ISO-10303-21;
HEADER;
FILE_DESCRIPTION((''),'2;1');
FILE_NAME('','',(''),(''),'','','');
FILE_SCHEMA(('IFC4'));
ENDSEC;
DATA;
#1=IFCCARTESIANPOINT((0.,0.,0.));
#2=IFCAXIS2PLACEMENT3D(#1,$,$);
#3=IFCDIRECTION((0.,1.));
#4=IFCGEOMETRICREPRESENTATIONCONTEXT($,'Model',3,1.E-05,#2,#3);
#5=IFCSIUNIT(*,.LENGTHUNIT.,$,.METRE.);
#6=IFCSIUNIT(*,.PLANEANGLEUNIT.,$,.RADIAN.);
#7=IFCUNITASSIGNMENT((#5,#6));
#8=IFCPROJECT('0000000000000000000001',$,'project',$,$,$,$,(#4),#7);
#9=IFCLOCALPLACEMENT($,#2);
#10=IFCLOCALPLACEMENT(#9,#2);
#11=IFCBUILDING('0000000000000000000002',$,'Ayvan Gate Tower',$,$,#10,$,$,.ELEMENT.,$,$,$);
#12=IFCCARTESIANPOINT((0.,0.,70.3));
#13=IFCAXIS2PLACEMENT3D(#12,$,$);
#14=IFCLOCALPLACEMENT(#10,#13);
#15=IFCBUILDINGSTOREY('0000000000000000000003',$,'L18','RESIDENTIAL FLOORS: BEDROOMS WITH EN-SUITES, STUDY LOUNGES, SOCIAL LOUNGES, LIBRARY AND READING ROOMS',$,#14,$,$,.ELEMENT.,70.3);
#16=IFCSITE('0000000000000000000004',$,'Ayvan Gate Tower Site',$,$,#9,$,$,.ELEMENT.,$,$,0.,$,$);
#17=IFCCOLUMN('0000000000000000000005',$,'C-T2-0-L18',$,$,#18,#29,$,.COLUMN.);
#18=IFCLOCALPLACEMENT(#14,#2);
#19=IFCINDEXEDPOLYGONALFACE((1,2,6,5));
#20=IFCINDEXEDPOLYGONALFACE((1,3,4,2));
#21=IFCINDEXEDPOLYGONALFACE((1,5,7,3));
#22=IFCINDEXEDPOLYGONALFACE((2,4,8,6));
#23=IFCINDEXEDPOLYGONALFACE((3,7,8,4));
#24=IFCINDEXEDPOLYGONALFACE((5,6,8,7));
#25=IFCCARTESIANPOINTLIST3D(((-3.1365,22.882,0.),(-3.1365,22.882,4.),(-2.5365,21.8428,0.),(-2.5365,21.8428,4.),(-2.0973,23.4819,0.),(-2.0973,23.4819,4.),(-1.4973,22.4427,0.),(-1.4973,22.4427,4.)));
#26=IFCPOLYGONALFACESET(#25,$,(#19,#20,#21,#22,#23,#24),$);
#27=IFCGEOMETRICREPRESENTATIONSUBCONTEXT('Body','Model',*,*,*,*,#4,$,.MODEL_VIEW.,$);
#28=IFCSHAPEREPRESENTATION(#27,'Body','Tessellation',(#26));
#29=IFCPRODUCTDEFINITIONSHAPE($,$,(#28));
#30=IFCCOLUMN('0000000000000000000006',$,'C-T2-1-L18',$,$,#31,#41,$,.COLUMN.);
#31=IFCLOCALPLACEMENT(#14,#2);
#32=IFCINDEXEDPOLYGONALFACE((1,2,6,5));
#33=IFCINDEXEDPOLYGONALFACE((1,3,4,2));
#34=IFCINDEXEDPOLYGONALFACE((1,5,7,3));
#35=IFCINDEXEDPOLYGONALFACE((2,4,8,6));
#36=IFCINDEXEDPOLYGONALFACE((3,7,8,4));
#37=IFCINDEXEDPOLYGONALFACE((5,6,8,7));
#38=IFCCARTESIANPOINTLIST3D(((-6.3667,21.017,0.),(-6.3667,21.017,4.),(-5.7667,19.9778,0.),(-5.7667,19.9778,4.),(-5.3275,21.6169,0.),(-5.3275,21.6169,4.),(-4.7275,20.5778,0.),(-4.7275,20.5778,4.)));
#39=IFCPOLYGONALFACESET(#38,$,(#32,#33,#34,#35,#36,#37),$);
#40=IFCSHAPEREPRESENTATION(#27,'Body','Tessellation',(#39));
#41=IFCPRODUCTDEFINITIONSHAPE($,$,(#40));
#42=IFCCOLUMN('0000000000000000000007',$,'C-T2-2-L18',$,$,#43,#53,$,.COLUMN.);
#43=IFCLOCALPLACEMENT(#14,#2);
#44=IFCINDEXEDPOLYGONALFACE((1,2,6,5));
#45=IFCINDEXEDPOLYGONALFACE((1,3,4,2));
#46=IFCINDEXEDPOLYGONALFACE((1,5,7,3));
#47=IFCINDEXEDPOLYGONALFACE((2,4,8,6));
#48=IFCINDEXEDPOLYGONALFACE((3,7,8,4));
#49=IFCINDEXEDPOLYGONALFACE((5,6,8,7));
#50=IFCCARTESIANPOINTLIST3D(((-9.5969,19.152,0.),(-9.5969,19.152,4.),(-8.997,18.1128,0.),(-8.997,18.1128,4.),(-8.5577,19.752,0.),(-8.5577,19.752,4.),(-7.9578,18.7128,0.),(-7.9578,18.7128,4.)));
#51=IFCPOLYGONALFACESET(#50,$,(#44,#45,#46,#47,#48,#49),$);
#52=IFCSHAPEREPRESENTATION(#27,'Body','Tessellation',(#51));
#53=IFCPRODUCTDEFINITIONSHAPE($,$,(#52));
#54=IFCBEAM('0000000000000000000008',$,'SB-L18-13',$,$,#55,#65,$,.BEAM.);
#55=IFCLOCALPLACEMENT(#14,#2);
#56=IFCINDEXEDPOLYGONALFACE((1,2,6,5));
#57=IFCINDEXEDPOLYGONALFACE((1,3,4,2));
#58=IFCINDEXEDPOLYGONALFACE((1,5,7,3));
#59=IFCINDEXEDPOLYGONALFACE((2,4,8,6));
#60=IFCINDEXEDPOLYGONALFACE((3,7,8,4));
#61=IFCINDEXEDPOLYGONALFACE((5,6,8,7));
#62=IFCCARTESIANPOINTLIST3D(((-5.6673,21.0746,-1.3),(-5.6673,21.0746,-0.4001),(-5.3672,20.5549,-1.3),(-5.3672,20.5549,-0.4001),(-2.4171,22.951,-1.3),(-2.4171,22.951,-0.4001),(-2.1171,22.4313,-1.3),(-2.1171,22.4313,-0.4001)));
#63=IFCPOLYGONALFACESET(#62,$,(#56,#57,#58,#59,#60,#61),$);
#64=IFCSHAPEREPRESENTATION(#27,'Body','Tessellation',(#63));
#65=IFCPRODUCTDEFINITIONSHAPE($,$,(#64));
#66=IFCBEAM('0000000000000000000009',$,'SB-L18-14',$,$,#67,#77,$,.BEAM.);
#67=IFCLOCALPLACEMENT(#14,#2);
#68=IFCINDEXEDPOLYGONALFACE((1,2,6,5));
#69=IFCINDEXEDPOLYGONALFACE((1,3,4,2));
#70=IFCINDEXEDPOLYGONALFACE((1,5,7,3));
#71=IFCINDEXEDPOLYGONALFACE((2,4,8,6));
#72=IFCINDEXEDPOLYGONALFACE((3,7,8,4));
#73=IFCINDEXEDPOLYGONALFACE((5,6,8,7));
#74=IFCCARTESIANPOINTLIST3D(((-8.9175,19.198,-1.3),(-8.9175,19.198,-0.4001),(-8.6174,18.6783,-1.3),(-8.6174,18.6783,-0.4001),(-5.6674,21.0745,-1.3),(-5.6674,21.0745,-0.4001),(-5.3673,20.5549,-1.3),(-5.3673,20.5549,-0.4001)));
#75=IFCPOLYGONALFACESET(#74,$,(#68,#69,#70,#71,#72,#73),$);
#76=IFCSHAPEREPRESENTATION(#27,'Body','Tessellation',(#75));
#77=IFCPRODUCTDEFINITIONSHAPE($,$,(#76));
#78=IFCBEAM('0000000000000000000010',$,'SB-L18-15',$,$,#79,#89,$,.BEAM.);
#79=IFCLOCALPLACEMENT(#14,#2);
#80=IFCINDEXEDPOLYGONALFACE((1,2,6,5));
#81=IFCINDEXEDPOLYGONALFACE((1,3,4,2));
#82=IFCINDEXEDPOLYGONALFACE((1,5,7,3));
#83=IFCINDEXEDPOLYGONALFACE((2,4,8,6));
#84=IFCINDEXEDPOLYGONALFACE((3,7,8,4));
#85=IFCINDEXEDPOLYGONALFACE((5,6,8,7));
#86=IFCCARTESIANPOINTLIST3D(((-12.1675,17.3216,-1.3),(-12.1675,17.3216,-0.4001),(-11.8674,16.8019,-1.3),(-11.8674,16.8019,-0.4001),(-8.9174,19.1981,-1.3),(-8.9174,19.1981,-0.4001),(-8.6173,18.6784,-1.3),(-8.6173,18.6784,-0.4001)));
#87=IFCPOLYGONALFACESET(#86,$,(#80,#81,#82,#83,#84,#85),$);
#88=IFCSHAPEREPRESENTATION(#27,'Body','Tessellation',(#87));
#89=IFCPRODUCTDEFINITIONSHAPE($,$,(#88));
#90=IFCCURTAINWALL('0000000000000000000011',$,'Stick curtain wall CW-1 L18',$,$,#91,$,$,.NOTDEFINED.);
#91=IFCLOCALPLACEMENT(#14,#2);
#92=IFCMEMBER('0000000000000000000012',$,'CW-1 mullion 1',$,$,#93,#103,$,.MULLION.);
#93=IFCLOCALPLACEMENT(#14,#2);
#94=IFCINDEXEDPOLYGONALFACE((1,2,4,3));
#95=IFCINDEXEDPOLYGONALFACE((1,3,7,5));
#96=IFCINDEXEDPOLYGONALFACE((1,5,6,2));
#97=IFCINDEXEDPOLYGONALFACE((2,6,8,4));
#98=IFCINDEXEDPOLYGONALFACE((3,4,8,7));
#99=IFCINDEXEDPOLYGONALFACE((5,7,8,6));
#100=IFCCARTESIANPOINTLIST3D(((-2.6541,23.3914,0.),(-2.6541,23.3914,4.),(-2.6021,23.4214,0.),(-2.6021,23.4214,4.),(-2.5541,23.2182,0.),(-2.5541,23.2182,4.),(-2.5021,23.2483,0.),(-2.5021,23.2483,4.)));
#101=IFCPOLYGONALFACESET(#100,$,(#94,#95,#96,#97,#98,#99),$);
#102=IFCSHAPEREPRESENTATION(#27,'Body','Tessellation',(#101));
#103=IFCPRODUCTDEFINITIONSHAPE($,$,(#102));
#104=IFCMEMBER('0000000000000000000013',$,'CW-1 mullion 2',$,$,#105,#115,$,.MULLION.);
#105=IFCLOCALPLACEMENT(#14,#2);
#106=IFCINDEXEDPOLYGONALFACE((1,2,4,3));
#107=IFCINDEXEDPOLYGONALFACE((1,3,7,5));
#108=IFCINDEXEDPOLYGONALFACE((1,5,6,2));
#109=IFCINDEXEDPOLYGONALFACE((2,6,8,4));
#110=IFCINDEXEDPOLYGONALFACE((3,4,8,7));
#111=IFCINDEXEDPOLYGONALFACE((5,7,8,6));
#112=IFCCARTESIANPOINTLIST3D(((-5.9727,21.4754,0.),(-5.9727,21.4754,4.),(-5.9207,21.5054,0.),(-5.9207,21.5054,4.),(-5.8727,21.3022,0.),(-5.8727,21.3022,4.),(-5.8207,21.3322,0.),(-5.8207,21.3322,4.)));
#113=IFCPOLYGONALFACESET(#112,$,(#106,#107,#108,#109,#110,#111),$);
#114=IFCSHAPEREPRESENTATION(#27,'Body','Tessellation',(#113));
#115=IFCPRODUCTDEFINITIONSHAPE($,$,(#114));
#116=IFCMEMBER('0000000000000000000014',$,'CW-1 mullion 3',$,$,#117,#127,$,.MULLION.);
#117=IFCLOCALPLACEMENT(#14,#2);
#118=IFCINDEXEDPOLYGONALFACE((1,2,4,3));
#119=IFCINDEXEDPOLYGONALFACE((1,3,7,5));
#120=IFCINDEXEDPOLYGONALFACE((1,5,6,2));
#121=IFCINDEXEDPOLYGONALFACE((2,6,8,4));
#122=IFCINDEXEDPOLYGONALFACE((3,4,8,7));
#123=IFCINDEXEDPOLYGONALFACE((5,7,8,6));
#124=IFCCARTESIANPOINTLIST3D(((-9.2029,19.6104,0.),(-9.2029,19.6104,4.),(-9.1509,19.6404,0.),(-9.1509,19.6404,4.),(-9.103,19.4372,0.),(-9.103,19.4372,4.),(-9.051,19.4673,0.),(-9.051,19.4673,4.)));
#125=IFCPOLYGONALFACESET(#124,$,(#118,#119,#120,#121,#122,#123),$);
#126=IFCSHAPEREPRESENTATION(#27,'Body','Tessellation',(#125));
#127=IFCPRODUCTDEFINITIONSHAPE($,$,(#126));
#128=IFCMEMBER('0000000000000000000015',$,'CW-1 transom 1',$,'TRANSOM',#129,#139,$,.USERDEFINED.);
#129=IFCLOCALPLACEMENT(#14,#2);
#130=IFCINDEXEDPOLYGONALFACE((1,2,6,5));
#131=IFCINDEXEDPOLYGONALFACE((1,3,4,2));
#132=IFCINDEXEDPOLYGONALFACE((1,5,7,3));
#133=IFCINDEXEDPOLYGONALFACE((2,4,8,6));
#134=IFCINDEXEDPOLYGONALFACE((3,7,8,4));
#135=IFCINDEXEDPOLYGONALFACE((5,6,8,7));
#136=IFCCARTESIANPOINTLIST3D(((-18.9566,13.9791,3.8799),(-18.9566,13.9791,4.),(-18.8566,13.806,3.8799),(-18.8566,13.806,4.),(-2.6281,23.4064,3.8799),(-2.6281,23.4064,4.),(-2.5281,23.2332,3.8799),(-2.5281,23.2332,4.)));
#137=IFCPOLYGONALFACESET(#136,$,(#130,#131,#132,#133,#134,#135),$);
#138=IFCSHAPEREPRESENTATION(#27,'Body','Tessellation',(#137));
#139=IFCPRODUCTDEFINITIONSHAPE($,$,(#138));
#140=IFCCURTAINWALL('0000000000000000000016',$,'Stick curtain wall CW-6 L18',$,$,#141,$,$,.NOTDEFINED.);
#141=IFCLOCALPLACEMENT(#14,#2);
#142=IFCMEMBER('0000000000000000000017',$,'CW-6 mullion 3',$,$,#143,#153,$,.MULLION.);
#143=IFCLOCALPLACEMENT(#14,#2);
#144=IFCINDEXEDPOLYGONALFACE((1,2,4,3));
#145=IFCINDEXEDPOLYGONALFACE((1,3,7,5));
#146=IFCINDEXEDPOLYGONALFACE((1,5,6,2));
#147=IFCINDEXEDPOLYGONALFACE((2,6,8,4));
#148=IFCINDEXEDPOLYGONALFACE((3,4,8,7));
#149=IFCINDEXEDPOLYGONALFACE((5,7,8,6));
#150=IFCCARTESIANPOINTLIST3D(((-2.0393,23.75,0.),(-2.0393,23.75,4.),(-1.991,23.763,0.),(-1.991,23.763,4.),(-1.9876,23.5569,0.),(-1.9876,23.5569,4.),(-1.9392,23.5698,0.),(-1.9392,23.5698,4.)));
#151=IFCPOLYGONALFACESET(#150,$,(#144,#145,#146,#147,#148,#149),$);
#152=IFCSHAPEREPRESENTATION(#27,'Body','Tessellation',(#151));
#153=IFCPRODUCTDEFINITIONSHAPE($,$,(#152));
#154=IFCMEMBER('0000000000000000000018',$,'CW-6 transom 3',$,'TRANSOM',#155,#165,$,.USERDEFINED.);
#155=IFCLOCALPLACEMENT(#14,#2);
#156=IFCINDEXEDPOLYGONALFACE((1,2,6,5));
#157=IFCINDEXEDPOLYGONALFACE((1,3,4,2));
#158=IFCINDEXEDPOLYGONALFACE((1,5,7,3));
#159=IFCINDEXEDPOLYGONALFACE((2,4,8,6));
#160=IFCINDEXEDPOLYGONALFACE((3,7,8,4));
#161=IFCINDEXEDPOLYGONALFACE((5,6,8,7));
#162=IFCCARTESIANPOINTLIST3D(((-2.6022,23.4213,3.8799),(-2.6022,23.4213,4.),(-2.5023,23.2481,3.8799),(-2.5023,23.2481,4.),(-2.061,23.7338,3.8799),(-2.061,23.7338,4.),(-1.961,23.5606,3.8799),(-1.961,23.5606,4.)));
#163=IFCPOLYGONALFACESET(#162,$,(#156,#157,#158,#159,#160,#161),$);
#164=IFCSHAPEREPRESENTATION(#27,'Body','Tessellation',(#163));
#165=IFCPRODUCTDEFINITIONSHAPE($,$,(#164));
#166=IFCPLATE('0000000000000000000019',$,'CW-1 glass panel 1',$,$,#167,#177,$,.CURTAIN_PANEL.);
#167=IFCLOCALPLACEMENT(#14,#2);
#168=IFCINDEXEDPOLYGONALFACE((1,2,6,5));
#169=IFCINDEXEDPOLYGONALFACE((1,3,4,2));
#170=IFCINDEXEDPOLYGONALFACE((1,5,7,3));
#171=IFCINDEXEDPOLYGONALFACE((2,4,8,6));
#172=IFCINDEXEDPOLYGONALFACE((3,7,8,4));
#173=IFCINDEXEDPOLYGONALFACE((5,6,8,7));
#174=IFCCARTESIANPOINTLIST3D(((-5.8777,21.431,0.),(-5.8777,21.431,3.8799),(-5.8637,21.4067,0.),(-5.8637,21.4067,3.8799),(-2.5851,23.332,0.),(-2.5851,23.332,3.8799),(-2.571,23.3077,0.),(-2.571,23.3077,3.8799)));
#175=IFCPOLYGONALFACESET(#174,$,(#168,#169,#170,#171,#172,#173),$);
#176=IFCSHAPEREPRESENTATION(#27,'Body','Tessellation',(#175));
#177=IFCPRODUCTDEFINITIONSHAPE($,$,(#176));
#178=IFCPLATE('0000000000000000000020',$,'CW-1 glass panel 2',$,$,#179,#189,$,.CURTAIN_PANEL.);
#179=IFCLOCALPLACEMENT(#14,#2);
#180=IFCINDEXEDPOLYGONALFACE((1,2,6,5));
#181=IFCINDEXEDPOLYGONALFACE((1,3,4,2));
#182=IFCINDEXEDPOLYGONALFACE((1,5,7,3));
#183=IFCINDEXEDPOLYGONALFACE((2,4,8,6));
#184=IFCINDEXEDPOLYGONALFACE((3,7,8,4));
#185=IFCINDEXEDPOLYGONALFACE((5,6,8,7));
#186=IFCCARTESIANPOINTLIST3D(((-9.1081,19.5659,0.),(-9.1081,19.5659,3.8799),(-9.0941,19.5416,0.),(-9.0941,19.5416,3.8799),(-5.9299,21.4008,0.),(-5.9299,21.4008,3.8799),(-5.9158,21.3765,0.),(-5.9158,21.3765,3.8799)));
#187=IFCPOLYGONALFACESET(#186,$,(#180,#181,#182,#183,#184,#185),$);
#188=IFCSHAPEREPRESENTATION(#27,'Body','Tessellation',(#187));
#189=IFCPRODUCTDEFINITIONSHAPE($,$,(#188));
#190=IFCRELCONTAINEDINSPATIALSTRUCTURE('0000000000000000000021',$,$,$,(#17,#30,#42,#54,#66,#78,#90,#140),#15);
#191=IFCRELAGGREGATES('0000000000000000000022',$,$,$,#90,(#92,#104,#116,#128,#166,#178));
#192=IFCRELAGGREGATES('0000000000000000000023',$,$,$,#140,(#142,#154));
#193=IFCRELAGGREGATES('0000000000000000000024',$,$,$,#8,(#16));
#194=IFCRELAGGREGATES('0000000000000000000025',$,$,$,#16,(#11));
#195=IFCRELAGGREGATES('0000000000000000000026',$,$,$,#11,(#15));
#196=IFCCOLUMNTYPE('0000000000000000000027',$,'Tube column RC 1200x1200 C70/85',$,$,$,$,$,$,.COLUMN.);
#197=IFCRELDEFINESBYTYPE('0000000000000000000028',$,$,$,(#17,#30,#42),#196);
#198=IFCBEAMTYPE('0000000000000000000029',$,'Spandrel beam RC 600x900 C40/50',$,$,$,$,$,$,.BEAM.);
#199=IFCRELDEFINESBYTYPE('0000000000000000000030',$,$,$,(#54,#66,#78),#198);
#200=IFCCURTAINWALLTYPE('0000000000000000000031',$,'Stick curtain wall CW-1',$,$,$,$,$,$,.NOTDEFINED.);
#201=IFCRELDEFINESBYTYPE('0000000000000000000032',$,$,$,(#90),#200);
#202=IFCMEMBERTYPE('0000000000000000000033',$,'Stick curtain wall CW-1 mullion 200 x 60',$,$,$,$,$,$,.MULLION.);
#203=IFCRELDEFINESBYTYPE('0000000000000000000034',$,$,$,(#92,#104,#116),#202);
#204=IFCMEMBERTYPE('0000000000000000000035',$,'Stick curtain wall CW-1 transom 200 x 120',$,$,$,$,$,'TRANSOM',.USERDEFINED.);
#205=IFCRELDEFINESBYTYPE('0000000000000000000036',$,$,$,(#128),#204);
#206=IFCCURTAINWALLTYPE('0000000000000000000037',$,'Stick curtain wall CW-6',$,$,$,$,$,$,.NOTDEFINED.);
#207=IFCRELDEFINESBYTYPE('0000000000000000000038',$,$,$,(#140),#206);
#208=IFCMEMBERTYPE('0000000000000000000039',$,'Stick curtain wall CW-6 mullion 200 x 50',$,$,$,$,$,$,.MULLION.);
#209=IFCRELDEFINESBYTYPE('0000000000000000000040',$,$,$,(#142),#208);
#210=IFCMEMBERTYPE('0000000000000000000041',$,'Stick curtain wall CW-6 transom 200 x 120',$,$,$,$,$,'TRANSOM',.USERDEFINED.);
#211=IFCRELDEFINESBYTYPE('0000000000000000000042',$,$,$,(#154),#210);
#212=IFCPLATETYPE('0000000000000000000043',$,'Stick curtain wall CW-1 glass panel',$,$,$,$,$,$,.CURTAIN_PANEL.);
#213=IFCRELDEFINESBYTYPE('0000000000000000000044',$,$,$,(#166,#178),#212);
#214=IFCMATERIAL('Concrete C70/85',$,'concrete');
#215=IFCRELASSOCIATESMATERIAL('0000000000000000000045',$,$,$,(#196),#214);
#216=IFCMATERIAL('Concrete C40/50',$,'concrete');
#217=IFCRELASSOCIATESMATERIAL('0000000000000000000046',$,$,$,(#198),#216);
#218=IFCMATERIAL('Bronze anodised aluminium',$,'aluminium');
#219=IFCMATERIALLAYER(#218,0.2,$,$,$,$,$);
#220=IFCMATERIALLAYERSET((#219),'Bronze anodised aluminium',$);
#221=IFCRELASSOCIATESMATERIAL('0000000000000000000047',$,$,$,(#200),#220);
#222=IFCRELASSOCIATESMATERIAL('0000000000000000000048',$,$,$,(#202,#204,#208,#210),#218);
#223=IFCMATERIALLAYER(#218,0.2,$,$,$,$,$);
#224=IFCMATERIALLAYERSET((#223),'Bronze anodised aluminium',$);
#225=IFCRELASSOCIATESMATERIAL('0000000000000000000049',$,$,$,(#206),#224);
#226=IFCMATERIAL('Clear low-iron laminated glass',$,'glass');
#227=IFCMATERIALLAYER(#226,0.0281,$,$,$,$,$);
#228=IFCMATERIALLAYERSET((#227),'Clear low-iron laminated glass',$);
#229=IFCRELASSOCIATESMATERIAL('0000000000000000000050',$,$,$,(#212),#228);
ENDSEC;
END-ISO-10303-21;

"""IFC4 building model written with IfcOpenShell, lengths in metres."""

from ifc_helpers import new_model, si_unit, direction, frame, origin, origin_2d, place, context, subcontext, project, spatial, rectangle, extrude, material, layer, layer_set, material_profile, profile_set, type_object, element, aggregate, save


model = new_model("IFC4")

# Units and contexts
model_context = context("Model", 3, precision=1e-05, world=origin(), true_north=direction((0.0, 1.0)))
body_context = subcontext(model_context, "Body", "Model", "MODEL_VIEW")
ifc_project = project(units=[si_unit("LENGTHUNIT", "METRE"), si_unit("PLANEANGLEUNIT", "RADIAN")], contexts=[model_context])

# Site, building, storey
site_placement = place(None, origin())
site = spatial("IfcSite", under=ifc_project, at=site_placement, Name="Ayvan Gate Tower Site", CompositionType="ELEMENT", RefElevation=0.0)
building_placement = place(site_placement, origin())
building = spatial("IfcBuilding", under=site, at=building_placement, Name="Ayvan Gate Tower", CompositionType="ELEMENT")
storey_placement = place(building_placement, frame((0.0, 0.0, 70.3)))
storey = spatial("IfcBuildingStorey", under=building, at=storey_placement, Name="L18", Description="RESIDENTIAL FLOORS: BEDROOMS WITH EN-SUITES, STUDY LOUNGES, SOCIAL LOUNGES, LIBRARY AND READING ROOMS", CompositionType="ELEMENT", Elevation=70.3)

# Columns
ifc_material_1 = material(Name="Concrete C70/85", Category="concrete")
ifc_material_profile_1 = material_profile(ifc_material_1, rectangle(XDim=1.2, YDim=1.2, at=origin_2d()), Name="RC 1200x1200")
ifc_profile_set_1 = profile_set([ifc_material_profile_1], Name="Concrete C70/85")
column_type = type_object("IfcColumnType", Name="Tube column RC 1200x1200 C70/85", PredefinedType="COLUMN", material=ifc_profile_set_1)
for number, where, z_axis, x_axis, name in (
    (1, (-2.3169, 22.6624, 0.0), (0.0, 0.0, 1.0), (-0.5, 0.866025, 0.0), "C-T2-0-L18"),
    (2, (-5.5471, 20.7974, 0.0), (0.0, 0.0, 1.0), (-0.5, 0.866025, 0.0), "C-T2-1-L18"),
    (3, (-8.7773, 18.9324, 0.0), (0.0, 0.0, 1.0), (-0.5, 0.866025, 0.0), "C-T2-2-L18"),
):
    element("IfcColumn", number, at=place(storey_placement, frame(where, z_axis=z_axis, x_axis=x_axis)), inside=storey, type_object=column_type, Name=name, PredefinedType="COLUMN", context=body_context, shape_type="SweptSolid", body=[
        extrude(rectangle(XDim=1.2, YDim=1.2, at=origin_2d()), origin(), (0.0, 0.0, 1.0), 4.0),
    ])

# Beams
ifc_material_2 = material(Name="Concrete C40/50", Category="concrete")
ifc_material_profile_2 = material_profile(ifc_material_2, rectangle(XDim=0.6001, YDim=0.8999, at=origin_2d()), Name="RC 600x900")
ifc_profile_set_2 = profile_set([ifc_material_profile_2], Name="Concrete C40/50")
beam_type = type_object("IfcBeamType", Name="Spandrel beam RC 600x900 C40/50", PredefinedType="BEAM", material=ifc_profile_set_2)
for number, where, z_axis, x_axis, name in (
    (4, (-2.2671, 22.6912, -0.8501), (-0.866033, -0.499987, 0.0), (0.499987, -0.866033, 0.0), "SB-L18-13"),
    (5, (-5.5173, 20.8147, -0.8501), (-0.866017, -0.500015, 0.0), (0.500015, -0.866017, 0.0), "SB-L18-14"),
    (6, (-8.7673, 18.9382, -0.8501), (-0.866017, -0.500015, 0.0), (0.500015, -0.866017, 0.0), "SB-L18-15"),
):
    element("IfcBeam", number, at=place(storey_placement, frame(where, z_axis=z_axis, x_axis=x_axis)), inside=storey, type_object=beam_type, Name=name, PredefinedType="BEAM", context=body_context, shape_type="SweptSolid", body=[
        extrude(rectangle(XDim=0.6001, YDim=0.8999, at=origin_2d()), origin(), (0.0, 0.0, 1.0), 3.7529),
    ])

# Curtain walls, members
ifc_material_3 = material(Name="Bronze anodised aluminium", Category="aluminium")
ifc_layer_1 = layer(ifc_material_3, 0.2)
ifc_layer_set_1 = layer_set([ifc_layer_1], Name="Bronze anodised aluminium")
curtain_wall_type_1 = type_object("IfcCurtainWallType", Name="Stick curtain wall CW-1", PredefinedType="NOTDEFINED", material=ifc_layer_set_1)
curtain_wall_1_placement = place(storey_placement, origin())
curtain_wall_1 = element("IfcCurtainWall", 7, at=curtain_wall_1_placement, inside=storey, type_object=curtain_wall_type_1, Name="Stick curtain wall CW-1 L18", PredefinedType="NOTDEFINED")
ifc_material_profile_3 = material_profile(ifc_material_3, rectangle(XDim=0.2, YDim=0.0601, at=origin_2d()), Name="Stick curtain wall CW-1 mullion 200 x 60")
ifc_profile_set_3 = profile_set([ifc_material_profile_3], Name="Bronze anodised aluminium")
member_type_1 = type_object("IfcMemberType", Name="Stick curtain wall CW-1 mullion 200 x 60", PredefinedType="MULLION", material=ifc_profile_set_3)
member_1_placement = place(storey_placement, frame((-2.5781, 23.3198, 0.0), z_axis=(0.0, 0.0, 1.0), x_axis=(-0.5, 0.866025, 0.0)))
member_1 = element("IfcMember", 8, at=member_1_placement, type_object=member_type_1, Name="CW-1 mullion 1", PredefinedType="MULLION", context=body_context, shape_type="SweptSolid", body=[
    extrude(rectangle(XDim=0.2, YDim=0.0601, at=origin_2d()), origin(), (0.0, 0.0, 1.0), 4.0),
])
member_2_placement = place(storey_placement, frame((-5.8967, 21.4038, 0.0), z_axis=(0.0, 0.0, 1.0), x_axis=(-0.5, 0.866025, 0.0)))
member_2 = element("IfcMember", 9, at=member_2_placement, type_object=member_type_1, Name="CW-1 mullion 2", PredefinedType="MULLION", context=body_context, shape_type="SweptSolid", body=[
    extrude(rectangle(XDim=0.2, YDim=0.0601, at=origin_2d()), origin(), (0.0, 0.0, 1.0), 4.0),
])
member_3_placement = place(storey_placement, frame((-9.127, 19.5388, 0.0), z_axis=(0.0, 0.0, 1.0), x_axis=(-0.5, 0.866025, 0.0)))
member_3 = element("IfcMember", 10, at=member_3_placement, type_object=member_type_1, Name="CW-1 mullion 3", PredefinedType="MULLION", context=body_context, shape_type="SweptSolid", body=[
    extrude(rectangle(XDim=0.2, YDim=0.0601, at=origin_2d()), origin(), (0.0, 0.0, 1.0), 4.0),
])
ifc_material_profile_4 = material_profile(ifc_material_3, rectangle(XDim=0.2, YDim=0.1201, at=origin_2d()), Name="Stick curtain wall CW-1 transom 200 x 120")
ifc_profile_set_4 = profile_set([ifc_material_profile_4], Name="Bronze anodised aluminium")
member_type_2 = type_object("IfcMemberType", Name="Stick curtain wall CW-1 transom 200 x 120", ElementType="TRANSOM", PredefinedType="USERDEFINED", material=ifc_profile_set_4)
member_4_placement = place(storey_placement, frame((-2.5781, 23.3198, 3.9399), z_axis=(-0.866024, -0.500002, 0.0), x_axis=(0.500002, -0.866024, 0.0)))
member_4 = element("IfcMember", 11, at=member_4_placement, type_object=member_type_2, Name="CW-1 transom 1", ObjectType="TRANSOM", PredefinedType="USERDEFINED", context=body_context, shape_type="SweptSolid", body=[
    extrude(rectangle(XDim=0.2, YDim=0.1201, at=origin_2d()), origin(), (0.0, 0.0, 1.0), 18.8545),
])
ifc_layer_2 = layer(ifc_material_3, 0.2)
ifc_layer_set_2 = layer_set([ifc_layer_2], Name="Bronze anodised aluminium")
curtain_wall_type_2 = type_object("IfcCurtainWallType", Name="Stick curtain wall CW-6", PredefinedType="NOTDEFINED", material=ifc_layer_set_2)
curtain_wall_2_placement = place(storey_placement, origin())
curtain_wall_2 = element("IfcCurtainWall", 12, at=curtain_wall_2_placement, inside=storey, type_object=curtain_wall_type_2, Name="Stick curtain wall CW-6 L18", PredefinedType="NOTDEFINED")
ifc_material_profile_5 = material_profile(ifc_material_3, rectangle(XDim=0.2, YDim=0.05, at=origin_2d()), Name="Stick curtain wall CW-6 mullion 200 x 50")
ifc_profile_set_5 = profile_set([ifc_material_profile_5], Name="Bronze anodised aluminium")
member_type_3 = type_object("IfcMemberType", Name="Stick curtain wall CW-6 mullion 200 x 50", PredefinedType="MULLION", material=ifc_profile_set_5)
member_5_placement = place(storey_placement, frame((-1.9893, 23.6599, 0.0), z_axis=(0.0, 0.0, 1.0), x_axis=(-0.258819, 0.965926, 0.0)))
member_5 = element("IfcMember", 13, at=member_5_placement, type_object=member_type_3, Name="CW-6 mullion 3", PredefinedType="MULLION", context=body_context, shape_type="SweptSolid", body=[
    extrude(rectangle(XDim=0.2, YDim=0.05, at=origin_2d()), origin(), (0.0, 0.0, 1.0), 4.0),
])
ifc_material_profile_6 = material_profile(ifc_material_3, rectangle(XDim=0.2, YDim=0.1201, at=origin_2d()), Name="Stick curtain wall CW-6 transom 200 x 120")
ifc_profile_set_6 = profile_set([ifc_material_profile_6], Name="Bronze anodised aluminium")
member_type_4 = type_object("IfcMemberType", Name="Stick curtain wall CW-6 transom 200 x 120", ElementType="TRANSOM", PredefinedType="USERDEFINED", material=ifc_profile_set_6)
member_6_placement = place(storey_placement, frame((-2.011, 23.6472, 3.9399), z_axis=(-0.866023, -0.500004, 0.0), x_axis=(0.500004, -0.866023, 0.0)))
member_6 = element("IfcMember", 14, at=member_6_placement, type_object=member_type_4, Name="CW-6 transom 3", ObjectType="TRANSOM", PredefinedType="USERDEFINED", context=body_context, shape_type="SweptSolid", body=[
    extrude(rectangle(XDim=0.2, YDim=0.1201, at=origin_2d()), origin(), (0.0, 0.0, 1.0), 0.625),
])

# Plates
ifc_material_4 = material(Name="Clear low-iron laminated glass", Category="glass")
ifc_layer_3 = layer(ifc_material_4, 0.0281)
ifc_layer_set_3 = layer_set([ifc_layer_3], Name="Clear low-iron laminated glass")
plate_type_1 = type_object("IfcPlateType", Name="Stick curtain wall CW-1 glass panel", PredefinedType="CURTAIN_PANEL", material=ifc_layer_set_3)
plate_1_placement = place(storey_placement, frame((-4.2244, 22.3694, 0.0), z_axis=(0.0, 0.0, 1.0), x_axis=(-0.866025, -0.5, 0.0)))
plate_1 = element("IfcPlate", 15, at=plate_1_placement, type_object=plate_type_1, Name="CW-1 glass panel 1", PredefinedType="CURTAIN_PANEL", context=body_context, shape_type="SweptSolid", body=[
    extrude(rectangle(XDim=3.802, YDim=0.0281, at=origin_2d()), origin(), (0.0, 0.0, 1.0), 3.8799),
])
plate_2_placement = place(storey_placement, frame((-7.512, 20.4712, 0.0), z_axis=(0.0, 0.0, 1.0), x_axis=(-0.866025, -0.5, 0.0)))
plate_2 = element("IfcPlate", 16, at=plate_2_placement, type_object=plate_type_1, Name="CW-1 glass panel 2", PredefinedType="CURTAIN_PANEL", context=body_context, shape_type="SweptSolid", body=[
    extrude(rectangle(XDim=3.6699, YDim=0.0281, at=origin_2d()), origin(), (0.0, 0.0, 1.0), 3.8799),
])
aggregate(curtain_wall_1, [member_1, member_2, member_3, member_4, plate_1, plate_2])
aggregate(curtain_wall_2, [member_5, member_6])

save(model, "model.ifc")
